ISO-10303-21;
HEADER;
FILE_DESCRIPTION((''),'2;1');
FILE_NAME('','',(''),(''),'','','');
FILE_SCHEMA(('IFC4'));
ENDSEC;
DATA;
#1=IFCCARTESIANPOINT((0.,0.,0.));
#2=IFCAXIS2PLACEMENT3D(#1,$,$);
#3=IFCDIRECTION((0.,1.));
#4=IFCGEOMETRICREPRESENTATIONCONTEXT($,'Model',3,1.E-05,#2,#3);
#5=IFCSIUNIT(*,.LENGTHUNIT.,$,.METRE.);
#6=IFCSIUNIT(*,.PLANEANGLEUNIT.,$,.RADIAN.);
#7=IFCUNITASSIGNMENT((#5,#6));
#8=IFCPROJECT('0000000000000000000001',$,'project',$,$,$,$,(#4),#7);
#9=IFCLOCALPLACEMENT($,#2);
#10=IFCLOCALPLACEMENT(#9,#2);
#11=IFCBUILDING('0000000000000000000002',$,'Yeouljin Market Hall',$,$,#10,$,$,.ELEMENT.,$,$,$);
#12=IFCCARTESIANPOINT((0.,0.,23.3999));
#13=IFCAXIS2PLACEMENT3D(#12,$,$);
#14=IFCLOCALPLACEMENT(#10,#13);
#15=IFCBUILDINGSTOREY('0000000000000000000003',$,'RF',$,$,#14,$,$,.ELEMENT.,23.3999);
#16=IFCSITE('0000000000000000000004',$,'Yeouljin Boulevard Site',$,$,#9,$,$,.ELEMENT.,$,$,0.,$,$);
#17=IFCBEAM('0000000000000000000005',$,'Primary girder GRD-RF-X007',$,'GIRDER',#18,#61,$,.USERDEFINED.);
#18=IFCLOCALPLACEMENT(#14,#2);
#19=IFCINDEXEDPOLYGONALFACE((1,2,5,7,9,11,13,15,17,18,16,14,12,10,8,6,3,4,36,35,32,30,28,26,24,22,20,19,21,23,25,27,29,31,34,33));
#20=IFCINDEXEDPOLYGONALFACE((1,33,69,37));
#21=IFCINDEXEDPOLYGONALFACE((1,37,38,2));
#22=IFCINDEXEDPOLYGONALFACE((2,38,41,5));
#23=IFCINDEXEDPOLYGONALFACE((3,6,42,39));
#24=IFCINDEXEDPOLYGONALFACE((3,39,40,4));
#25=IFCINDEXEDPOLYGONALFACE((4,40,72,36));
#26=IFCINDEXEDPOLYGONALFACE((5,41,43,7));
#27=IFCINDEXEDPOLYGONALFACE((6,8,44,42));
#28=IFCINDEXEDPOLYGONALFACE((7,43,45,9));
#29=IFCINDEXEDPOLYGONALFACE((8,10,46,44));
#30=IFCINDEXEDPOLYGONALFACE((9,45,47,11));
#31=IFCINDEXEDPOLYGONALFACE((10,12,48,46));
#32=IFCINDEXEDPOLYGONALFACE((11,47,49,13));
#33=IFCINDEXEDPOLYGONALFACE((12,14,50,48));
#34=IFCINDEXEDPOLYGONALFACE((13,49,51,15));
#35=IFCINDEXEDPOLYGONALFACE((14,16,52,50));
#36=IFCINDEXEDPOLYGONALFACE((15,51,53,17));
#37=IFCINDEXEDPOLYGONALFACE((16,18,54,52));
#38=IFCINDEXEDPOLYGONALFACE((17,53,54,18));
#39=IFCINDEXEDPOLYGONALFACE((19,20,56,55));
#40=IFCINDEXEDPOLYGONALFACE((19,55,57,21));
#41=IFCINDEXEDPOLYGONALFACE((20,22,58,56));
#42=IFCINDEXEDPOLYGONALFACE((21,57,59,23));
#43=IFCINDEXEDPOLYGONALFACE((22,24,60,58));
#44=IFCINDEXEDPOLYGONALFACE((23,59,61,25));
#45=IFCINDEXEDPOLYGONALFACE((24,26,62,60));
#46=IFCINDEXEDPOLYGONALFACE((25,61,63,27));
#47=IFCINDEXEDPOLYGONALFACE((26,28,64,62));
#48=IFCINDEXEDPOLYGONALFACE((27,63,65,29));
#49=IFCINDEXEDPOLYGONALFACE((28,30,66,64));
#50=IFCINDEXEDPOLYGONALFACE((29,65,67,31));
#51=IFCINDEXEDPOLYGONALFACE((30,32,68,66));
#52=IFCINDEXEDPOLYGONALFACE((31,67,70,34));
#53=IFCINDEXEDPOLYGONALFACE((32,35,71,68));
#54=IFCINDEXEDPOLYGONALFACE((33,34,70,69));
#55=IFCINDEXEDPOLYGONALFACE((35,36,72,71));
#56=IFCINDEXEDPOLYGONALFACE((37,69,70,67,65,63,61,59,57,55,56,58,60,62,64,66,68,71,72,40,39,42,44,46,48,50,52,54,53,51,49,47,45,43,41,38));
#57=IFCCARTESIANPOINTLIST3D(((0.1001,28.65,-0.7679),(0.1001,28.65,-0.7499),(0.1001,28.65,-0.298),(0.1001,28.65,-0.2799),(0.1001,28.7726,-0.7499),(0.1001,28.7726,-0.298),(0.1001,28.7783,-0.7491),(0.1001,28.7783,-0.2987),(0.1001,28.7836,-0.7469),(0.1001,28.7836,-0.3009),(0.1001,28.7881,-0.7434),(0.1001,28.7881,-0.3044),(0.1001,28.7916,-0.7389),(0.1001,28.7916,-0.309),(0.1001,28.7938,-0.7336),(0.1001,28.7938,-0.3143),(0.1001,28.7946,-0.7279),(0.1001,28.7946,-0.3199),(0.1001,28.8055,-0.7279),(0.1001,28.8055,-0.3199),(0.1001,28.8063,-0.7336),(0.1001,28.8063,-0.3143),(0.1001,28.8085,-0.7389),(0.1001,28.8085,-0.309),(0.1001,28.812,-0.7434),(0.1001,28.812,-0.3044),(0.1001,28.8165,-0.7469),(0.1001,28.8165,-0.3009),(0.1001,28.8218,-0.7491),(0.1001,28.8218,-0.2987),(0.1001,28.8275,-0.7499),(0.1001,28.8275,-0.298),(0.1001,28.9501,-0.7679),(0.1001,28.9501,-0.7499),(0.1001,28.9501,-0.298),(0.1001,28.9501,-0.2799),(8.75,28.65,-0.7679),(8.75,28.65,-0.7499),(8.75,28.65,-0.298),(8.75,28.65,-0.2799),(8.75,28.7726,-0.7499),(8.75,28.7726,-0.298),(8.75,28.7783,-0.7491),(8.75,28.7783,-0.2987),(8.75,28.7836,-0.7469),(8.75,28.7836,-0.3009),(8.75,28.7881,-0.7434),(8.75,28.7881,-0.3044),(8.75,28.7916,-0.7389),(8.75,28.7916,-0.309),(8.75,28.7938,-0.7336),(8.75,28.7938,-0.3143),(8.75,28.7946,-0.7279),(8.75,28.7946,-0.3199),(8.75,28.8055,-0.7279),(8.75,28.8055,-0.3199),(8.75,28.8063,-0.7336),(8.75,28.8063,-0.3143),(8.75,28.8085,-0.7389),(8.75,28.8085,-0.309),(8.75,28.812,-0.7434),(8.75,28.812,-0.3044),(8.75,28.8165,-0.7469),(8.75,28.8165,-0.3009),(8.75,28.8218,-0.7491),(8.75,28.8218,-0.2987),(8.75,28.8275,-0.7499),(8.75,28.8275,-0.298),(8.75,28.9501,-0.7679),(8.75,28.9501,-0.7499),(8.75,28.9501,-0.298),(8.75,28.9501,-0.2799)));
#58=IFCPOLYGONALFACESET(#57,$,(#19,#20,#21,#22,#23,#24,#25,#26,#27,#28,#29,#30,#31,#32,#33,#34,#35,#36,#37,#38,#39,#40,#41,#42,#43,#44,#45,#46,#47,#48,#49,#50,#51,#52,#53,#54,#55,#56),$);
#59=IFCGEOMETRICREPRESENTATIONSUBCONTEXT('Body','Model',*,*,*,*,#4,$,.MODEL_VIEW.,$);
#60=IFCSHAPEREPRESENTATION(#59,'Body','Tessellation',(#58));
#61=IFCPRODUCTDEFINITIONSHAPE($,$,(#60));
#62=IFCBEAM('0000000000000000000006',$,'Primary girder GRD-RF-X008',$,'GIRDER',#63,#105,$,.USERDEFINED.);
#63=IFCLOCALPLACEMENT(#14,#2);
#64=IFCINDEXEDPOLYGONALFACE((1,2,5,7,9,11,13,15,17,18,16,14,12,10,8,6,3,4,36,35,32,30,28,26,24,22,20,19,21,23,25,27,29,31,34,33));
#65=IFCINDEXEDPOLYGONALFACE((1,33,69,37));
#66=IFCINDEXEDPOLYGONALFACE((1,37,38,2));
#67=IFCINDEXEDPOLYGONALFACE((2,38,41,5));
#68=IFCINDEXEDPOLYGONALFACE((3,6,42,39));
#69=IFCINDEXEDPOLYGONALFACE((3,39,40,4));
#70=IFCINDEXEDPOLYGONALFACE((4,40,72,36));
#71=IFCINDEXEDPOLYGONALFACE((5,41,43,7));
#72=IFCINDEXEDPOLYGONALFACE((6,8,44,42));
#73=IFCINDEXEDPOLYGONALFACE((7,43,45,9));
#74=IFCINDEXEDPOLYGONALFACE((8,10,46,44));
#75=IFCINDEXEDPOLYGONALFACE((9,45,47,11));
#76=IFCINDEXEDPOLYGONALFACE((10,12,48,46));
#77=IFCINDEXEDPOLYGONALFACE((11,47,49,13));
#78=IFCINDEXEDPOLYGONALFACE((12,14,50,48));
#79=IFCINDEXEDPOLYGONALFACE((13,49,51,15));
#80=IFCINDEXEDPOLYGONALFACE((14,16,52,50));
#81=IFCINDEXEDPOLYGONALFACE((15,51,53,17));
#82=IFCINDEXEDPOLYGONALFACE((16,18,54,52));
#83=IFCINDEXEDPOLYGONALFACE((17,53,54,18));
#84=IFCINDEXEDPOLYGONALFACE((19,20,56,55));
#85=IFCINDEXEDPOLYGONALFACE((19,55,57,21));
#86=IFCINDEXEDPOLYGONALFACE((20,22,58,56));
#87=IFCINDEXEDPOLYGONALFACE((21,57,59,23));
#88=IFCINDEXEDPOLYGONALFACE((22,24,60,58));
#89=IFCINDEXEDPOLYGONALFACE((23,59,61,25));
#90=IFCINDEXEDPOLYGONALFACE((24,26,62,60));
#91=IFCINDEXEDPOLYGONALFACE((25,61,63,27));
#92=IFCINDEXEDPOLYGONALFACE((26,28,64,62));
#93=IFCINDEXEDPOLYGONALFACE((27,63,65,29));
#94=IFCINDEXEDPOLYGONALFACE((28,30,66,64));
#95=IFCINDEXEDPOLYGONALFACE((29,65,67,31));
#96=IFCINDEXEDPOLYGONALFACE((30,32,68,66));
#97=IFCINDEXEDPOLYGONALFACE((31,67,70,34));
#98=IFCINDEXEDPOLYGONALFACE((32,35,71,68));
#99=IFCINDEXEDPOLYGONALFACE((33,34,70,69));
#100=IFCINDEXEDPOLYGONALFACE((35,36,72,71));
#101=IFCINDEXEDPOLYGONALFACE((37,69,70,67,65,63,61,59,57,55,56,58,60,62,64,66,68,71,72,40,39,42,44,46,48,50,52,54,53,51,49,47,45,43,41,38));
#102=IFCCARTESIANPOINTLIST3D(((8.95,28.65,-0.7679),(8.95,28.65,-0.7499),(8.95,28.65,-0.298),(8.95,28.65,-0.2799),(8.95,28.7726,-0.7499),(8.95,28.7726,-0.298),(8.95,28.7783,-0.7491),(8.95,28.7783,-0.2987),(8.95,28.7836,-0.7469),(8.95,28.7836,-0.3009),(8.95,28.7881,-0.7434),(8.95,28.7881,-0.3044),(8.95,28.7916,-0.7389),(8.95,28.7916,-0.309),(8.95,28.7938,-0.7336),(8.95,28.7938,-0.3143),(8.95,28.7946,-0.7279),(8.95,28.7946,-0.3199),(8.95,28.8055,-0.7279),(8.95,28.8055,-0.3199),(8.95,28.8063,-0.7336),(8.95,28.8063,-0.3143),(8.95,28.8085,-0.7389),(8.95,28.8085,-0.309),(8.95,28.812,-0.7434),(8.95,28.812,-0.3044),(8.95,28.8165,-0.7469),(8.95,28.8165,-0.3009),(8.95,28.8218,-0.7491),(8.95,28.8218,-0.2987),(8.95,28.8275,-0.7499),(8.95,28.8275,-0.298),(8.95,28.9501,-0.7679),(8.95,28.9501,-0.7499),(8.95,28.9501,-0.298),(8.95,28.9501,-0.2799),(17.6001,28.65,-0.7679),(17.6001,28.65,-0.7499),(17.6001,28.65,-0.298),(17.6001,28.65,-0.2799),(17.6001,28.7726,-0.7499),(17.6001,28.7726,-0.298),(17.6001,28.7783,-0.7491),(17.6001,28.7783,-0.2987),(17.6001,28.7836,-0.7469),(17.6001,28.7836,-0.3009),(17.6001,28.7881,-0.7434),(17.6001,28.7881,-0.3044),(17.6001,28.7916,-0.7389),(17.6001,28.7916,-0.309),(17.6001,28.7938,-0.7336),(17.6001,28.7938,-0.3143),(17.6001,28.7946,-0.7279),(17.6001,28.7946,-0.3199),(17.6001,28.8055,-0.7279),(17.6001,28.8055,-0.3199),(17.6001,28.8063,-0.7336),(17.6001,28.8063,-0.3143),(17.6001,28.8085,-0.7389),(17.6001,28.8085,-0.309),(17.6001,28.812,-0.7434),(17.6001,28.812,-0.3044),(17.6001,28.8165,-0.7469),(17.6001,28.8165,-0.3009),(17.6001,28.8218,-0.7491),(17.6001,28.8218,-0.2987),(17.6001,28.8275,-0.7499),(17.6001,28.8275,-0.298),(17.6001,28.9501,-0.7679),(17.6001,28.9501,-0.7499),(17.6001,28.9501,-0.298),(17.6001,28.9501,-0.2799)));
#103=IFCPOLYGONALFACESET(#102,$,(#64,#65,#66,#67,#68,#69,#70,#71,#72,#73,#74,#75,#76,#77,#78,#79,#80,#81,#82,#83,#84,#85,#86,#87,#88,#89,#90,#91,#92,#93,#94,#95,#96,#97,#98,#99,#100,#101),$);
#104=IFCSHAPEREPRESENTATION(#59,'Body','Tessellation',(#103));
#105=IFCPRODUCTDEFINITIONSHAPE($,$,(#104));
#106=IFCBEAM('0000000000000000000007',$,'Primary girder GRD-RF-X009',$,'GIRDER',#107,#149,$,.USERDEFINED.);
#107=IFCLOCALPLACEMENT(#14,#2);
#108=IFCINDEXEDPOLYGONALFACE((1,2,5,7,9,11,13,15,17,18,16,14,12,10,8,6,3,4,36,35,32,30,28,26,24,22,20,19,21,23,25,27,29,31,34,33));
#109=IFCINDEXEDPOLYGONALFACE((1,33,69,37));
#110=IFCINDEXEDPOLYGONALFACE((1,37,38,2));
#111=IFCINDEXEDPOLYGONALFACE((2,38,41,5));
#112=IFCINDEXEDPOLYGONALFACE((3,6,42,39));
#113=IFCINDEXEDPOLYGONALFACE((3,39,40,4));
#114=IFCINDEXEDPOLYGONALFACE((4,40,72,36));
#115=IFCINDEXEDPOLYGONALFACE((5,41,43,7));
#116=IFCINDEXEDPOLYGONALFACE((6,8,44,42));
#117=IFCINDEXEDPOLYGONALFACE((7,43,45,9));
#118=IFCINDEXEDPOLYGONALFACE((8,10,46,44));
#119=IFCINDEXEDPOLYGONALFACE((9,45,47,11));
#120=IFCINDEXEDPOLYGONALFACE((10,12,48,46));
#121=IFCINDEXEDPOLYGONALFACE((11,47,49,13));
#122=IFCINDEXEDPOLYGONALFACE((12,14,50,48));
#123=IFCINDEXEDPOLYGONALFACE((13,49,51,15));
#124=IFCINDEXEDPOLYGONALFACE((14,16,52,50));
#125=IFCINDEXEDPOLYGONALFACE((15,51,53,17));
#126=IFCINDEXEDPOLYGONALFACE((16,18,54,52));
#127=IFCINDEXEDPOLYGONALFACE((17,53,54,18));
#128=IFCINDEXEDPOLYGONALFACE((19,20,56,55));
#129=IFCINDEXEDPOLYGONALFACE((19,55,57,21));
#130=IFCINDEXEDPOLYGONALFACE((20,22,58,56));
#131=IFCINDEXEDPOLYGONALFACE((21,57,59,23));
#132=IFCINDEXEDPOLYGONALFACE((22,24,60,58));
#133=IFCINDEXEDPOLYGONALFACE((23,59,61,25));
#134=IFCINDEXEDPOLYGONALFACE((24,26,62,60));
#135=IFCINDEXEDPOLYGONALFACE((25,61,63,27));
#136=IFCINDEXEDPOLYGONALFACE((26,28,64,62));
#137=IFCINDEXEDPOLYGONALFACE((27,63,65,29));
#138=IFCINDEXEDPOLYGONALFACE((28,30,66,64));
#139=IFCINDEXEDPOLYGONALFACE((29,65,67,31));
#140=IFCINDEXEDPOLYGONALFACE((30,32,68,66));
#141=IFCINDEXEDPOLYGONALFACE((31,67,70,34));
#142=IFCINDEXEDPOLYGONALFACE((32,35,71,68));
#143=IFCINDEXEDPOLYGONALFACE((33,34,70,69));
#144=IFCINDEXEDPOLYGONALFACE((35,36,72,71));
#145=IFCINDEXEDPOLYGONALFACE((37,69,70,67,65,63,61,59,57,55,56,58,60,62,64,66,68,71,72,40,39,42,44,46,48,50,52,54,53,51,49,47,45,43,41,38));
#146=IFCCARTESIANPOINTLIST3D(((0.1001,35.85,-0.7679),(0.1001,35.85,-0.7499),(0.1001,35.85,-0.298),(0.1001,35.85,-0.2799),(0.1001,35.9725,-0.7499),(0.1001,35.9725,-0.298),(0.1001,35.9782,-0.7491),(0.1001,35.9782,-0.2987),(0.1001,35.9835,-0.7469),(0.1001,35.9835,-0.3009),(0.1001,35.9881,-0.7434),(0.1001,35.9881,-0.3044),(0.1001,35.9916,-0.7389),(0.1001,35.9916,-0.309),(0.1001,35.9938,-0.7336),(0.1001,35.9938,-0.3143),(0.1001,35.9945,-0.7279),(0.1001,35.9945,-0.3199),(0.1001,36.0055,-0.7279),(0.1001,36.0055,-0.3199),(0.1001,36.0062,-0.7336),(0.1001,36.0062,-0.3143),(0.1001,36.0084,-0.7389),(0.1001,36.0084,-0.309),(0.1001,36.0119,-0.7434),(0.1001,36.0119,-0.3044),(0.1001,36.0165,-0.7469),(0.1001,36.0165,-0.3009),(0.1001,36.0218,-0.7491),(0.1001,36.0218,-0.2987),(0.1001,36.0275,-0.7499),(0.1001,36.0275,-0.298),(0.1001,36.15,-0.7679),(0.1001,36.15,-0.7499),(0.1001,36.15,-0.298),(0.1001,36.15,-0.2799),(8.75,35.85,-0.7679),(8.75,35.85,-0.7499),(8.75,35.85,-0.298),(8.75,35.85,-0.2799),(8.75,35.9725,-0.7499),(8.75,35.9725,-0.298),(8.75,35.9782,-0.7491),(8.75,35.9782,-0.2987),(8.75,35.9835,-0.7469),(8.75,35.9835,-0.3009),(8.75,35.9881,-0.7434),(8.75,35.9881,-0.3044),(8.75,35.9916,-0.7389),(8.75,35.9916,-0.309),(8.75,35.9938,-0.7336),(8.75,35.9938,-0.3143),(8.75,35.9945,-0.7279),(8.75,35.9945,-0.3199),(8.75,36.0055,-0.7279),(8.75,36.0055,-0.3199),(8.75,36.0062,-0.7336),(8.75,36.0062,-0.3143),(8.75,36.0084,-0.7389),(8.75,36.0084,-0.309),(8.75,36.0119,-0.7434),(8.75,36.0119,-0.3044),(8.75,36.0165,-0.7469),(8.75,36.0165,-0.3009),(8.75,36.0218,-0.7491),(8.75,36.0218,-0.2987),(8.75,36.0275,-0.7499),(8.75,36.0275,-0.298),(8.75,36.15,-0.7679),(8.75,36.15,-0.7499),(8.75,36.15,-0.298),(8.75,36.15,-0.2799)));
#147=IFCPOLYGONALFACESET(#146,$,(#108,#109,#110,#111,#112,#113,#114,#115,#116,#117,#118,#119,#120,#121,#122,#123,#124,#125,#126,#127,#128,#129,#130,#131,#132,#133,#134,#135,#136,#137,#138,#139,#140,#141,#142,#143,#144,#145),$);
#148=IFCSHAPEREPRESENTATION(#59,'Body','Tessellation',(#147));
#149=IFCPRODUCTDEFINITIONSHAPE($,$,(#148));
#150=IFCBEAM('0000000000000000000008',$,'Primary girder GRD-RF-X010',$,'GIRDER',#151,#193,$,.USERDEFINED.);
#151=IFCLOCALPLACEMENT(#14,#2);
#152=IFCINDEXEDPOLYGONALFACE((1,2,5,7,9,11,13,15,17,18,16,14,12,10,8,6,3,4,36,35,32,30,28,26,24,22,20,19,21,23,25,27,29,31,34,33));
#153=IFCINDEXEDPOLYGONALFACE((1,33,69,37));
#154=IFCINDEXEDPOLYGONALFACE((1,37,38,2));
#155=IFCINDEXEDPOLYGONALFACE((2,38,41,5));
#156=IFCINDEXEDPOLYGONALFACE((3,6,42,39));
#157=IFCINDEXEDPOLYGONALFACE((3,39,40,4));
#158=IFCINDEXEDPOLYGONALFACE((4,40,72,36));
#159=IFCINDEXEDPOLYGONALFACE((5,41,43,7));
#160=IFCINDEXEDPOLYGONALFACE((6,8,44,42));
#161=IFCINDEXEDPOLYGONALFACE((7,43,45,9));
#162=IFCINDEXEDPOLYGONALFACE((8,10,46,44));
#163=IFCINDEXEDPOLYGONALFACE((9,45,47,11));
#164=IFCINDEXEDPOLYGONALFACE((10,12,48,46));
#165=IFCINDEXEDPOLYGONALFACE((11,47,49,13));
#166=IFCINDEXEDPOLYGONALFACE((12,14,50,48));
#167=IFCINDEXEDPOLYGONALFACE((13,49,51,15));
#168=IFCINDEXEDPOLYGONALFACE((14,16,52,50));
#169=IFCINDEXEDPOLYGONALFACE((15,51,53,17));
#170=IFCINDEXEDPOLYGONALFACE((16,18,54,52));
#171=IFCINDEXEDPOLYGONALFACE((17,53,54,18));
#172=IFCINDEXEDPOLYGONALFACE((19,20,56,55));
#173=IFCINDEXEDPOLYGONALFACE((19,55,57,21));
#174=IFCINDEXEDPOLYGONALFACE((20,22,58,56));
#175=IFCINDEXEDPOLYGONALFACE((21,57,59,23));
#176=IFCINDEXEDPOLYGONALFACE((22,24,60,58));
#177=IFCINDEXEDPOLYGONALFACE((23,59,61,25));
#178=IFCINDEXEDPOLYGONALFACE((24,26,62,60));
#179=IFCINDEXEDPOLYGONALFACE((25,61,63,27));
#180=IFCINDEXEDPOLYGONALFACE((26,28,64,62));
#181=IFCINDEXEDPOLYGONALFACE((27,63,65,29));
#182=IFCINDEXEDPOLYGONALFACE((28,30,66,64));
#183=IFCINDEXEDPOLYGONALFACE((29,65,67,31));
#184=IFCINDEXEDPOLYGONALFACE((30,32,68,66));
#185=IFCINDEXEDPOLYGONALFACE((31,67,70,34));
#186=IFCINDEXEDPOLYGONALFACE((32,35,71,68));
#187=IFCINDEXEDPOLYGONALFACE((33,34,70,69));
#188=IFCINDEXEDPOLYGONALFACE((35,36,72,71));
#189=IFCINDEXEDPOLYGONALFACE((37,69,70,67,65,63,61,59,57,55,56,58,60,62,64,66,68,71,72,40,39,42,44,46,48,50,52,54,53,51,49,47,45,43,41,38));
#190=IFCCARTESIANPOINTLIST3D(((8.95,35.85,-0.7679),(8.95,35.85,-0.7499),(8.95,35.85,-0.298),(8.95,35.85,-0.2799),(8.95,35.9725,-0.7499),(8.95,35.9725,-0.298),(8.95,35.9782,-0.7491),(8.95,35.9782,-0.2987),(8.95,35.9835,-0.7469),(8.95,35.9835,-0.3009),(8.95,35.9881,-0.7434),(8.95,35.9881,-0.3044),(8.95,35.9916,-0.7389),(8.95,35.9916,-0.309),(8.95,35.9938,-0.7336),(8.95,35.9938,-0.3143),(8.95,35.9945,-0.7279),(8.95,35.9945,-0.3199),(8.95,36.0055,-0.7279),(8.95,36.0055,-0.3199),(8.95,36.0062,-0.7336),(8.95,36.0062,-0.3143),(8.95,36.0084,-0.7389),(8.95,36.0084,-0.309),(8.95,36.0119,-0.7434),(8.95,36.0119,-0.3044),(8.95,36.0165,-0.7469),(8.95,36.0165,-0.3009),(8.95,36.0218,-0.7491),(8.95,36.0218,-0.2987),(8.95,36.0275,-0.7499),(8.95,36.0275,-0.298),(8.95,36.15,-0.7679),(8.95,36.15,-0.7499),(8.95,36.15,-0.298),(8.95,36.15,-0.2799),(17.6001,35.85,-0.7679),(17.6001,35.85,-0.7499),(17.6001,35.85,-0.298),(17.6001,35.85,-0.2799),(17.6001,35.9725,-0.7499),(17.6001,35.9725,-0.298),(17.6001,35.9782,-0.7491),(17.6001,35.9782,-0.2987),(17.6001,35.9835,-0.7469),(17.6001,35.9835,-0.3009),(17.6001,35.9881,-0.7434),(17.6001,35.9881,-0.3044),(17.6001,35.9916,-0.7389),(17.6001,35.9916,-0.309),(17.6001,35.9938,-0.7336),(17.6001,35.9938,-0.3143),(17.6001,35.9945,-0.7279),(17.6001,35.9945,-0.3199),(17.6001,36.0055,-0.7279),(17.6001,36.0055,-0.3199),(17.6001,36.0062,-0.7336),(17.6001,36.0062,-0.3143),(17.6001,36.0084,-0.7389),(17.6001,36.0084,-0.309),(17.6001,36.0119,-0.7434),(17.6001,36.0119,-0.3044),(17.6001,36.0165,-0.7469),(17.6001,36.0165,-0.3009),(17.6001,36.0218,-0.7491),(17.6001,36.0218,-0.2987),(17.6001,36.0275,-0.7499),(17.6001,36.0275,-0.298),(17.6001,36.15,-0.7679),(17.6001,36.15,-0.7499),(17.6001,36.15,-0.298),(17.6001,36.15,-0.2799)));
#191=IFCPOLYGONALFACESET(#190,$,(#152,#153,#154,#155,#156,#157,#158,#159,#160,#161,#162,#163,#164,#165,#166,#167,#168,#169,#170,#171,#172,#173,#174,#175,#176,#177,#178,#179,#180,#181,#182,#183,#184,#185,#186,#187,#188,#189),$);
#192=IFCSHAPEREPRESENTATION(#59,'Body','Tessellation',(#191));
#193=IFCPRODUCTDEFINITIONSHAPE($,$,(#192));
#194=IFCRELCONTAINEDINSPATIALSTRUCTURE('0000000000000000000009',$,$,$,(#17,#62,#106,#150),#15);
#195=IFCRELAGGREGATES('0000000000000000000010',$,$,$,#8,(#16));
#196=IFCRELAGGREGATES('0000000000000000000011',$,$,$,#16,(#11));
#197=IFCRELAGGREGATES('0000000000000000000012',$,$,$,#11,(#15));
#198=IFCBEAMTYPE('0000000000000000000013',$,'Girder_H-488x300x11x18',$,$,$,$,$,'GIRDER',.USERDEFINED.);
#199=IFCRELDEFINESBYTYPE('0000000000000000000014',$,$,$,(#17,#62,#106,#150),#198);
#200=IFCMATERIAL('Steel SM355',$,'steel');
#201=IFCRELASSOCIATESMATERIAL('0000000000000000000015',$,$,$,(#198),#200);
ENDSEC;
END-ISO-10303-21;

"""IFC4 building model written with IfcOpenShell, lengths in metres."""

from ifc_helpers import new_model, si_unit, direction, frame, origin, origin_2d, place, context, subcontext, project, spatial, i_section, extrude, material, material_profile, profile_set, type_object, element, save


model = new_model("IFC4")

# Units and contexts
model_context = context("Model", 3, precision=1e-05, world=origin(), true_north=direction((0.0, 1.0)))
body_context = subcontext(model_context, "Body", "Model", "MODEL_VIEW")
ifc_project = project(units=[si_unit("LENGTHUNIT", "METRE"), si_unit("PLANEANGLEUNIT", "RADIAN")], contexts=[model_context])

# Site, building, storey
site_placement = place(None, origin())
site = spatial("IfcSite", under=ifc_project, at=site_placement, Name="Yeouljin Boulevard Site", CompositionType="ELEMENT", RefElevation=0.0)
building_placement = place(site_placement, origin())
building = spatial("IfcBuilding", under=site, at=building_placement, Name="Yeouljin Market Hall", CompositionType="ELEMENT")
storey_placement = place(building_placement, frame((0.0, 0.0, 23.3999)))
storey = spatial("IfcBuildingStorey", under=building, at=storey_placement, Name="RF", CompositionType="ELEMENT", Elevation=23.3999)

# Beams
ifc_material_1 = material(Name="Steel SM355", Category="steel")
ifc_material_profile_1 = material_profile(ifc_material_1, i_section(OverallWidth=0.3, OverallDepth=0.488, WebThickness=0.011, FlangeThickness=0.0181, FilletRadius=0.022, at=origin_2d()), Name="H-488x300x11x18")
ifc_profile_set_1 = profile_set([ifc_material_profile_1], Name="Steel SM355")
beam_type_1 = type_object("IfcBeamType", Name="Girder_H-488x300x11x18", ElementType="GIRDER", PredefinedType="USERDEFINED", material=ifc_profile_set_1)
beam_1_placement = place(storey_placement, frame((0.1001, 28.8, -0.5239), z_axis=(1.0, 0.0, 0.0), x_axis=(0.0, 1.0, 0.0)))
element("IfcBeam", 1, at=beam_1_placement, inside=storey, type_object=beam_type_1, Name="Primary girder GRD-RF-X007", ObjectType="GIRDER", PredefinedType="USERDEFINED", context=body_context, shape_type="SweptSolid", body=[
    extrude(i_section(OverallWidth=0.3, OverallDepth=0.488, WebThickness=0.011, FlangeThickness=0.0181, FilletRadius=0.022, at=origin_2d()), origin(), (0.0, 0.0, 1.0), 8.6499),
])
beam_2_placement = place(storey_placement, frame((8.95, 28.8, -0.5239), z_axis=(1.0, 0.0, 0.0), x_axis=(0.0, 1.0, 0.0)))
element("IfcBeam", 2, at=beam_2_placement, inside=storey, type_object=beam_type_1, Name="Primary girder GRD-RF-X008", ObjectType="GIRDER", PredefinedType="USERDEFINED", context=body_context, shape_type="SweptSolid", body=[
    extrude(i_section(OverallWidth=0.3, OverallDepth=0.488, WebThickness=0.011, FlangeThickness=0.0181, FilletRadius=0.022, at=origin_2d()), origin(), (0.0, 0.0, 1.0), 8.6501),
])
beam_3_placement = place(storey_placement, frame((0.1001, 36.0, -0.5239), z_axis=(1.0, 0.0, 0.0), x_axis=(0.0, 1.0, 0.0)))
element("IfcBeam", 3, at=beam_3_placement, inside=storey, type_object=beam_type_1, Name="Primary girder GRD-RF-X009", ObjectType="GIRDER", PredefinedType="USERDEFINED", context=body_context, shape_type="SweptSolid", body=[
    extrude(i_section(OverallWidth=0.3, OverallDepth=0.488, WebThickness=0.011, FlangeThickness=0.0181, FilletRadius=0.022, at=origin_2d()), origin(), (0.0, 0.0, 1.0), 8.6499),
])
beam_4_placement = place(storey_placement, frame((8.95, 36.0, -0.5239), z_axis=(1.0, 0.0, 0.0), x_axis=(0.0, 1.0, 0.0)))
element("IfcBeam", 4, at=beam_4_placement, inside=storey, type_object=beam_type_1, Name="Primary girder GRD-RF-X010", ObjectType="GIRDER", PredefinedType="USERDEFINED", context=body_context, shape_type="SweptSolid", body=[
    extrude(i_section(OverallWidth=0.3, OverallDepth=0.488, WebThickness=0.011, FlangeThickness=0.0181, FilletRadius=0.022, at=origin_2d()), origin(), (0.0, 0.0, 1.0), 8.6501),
])

save(model, "model.ifc")
